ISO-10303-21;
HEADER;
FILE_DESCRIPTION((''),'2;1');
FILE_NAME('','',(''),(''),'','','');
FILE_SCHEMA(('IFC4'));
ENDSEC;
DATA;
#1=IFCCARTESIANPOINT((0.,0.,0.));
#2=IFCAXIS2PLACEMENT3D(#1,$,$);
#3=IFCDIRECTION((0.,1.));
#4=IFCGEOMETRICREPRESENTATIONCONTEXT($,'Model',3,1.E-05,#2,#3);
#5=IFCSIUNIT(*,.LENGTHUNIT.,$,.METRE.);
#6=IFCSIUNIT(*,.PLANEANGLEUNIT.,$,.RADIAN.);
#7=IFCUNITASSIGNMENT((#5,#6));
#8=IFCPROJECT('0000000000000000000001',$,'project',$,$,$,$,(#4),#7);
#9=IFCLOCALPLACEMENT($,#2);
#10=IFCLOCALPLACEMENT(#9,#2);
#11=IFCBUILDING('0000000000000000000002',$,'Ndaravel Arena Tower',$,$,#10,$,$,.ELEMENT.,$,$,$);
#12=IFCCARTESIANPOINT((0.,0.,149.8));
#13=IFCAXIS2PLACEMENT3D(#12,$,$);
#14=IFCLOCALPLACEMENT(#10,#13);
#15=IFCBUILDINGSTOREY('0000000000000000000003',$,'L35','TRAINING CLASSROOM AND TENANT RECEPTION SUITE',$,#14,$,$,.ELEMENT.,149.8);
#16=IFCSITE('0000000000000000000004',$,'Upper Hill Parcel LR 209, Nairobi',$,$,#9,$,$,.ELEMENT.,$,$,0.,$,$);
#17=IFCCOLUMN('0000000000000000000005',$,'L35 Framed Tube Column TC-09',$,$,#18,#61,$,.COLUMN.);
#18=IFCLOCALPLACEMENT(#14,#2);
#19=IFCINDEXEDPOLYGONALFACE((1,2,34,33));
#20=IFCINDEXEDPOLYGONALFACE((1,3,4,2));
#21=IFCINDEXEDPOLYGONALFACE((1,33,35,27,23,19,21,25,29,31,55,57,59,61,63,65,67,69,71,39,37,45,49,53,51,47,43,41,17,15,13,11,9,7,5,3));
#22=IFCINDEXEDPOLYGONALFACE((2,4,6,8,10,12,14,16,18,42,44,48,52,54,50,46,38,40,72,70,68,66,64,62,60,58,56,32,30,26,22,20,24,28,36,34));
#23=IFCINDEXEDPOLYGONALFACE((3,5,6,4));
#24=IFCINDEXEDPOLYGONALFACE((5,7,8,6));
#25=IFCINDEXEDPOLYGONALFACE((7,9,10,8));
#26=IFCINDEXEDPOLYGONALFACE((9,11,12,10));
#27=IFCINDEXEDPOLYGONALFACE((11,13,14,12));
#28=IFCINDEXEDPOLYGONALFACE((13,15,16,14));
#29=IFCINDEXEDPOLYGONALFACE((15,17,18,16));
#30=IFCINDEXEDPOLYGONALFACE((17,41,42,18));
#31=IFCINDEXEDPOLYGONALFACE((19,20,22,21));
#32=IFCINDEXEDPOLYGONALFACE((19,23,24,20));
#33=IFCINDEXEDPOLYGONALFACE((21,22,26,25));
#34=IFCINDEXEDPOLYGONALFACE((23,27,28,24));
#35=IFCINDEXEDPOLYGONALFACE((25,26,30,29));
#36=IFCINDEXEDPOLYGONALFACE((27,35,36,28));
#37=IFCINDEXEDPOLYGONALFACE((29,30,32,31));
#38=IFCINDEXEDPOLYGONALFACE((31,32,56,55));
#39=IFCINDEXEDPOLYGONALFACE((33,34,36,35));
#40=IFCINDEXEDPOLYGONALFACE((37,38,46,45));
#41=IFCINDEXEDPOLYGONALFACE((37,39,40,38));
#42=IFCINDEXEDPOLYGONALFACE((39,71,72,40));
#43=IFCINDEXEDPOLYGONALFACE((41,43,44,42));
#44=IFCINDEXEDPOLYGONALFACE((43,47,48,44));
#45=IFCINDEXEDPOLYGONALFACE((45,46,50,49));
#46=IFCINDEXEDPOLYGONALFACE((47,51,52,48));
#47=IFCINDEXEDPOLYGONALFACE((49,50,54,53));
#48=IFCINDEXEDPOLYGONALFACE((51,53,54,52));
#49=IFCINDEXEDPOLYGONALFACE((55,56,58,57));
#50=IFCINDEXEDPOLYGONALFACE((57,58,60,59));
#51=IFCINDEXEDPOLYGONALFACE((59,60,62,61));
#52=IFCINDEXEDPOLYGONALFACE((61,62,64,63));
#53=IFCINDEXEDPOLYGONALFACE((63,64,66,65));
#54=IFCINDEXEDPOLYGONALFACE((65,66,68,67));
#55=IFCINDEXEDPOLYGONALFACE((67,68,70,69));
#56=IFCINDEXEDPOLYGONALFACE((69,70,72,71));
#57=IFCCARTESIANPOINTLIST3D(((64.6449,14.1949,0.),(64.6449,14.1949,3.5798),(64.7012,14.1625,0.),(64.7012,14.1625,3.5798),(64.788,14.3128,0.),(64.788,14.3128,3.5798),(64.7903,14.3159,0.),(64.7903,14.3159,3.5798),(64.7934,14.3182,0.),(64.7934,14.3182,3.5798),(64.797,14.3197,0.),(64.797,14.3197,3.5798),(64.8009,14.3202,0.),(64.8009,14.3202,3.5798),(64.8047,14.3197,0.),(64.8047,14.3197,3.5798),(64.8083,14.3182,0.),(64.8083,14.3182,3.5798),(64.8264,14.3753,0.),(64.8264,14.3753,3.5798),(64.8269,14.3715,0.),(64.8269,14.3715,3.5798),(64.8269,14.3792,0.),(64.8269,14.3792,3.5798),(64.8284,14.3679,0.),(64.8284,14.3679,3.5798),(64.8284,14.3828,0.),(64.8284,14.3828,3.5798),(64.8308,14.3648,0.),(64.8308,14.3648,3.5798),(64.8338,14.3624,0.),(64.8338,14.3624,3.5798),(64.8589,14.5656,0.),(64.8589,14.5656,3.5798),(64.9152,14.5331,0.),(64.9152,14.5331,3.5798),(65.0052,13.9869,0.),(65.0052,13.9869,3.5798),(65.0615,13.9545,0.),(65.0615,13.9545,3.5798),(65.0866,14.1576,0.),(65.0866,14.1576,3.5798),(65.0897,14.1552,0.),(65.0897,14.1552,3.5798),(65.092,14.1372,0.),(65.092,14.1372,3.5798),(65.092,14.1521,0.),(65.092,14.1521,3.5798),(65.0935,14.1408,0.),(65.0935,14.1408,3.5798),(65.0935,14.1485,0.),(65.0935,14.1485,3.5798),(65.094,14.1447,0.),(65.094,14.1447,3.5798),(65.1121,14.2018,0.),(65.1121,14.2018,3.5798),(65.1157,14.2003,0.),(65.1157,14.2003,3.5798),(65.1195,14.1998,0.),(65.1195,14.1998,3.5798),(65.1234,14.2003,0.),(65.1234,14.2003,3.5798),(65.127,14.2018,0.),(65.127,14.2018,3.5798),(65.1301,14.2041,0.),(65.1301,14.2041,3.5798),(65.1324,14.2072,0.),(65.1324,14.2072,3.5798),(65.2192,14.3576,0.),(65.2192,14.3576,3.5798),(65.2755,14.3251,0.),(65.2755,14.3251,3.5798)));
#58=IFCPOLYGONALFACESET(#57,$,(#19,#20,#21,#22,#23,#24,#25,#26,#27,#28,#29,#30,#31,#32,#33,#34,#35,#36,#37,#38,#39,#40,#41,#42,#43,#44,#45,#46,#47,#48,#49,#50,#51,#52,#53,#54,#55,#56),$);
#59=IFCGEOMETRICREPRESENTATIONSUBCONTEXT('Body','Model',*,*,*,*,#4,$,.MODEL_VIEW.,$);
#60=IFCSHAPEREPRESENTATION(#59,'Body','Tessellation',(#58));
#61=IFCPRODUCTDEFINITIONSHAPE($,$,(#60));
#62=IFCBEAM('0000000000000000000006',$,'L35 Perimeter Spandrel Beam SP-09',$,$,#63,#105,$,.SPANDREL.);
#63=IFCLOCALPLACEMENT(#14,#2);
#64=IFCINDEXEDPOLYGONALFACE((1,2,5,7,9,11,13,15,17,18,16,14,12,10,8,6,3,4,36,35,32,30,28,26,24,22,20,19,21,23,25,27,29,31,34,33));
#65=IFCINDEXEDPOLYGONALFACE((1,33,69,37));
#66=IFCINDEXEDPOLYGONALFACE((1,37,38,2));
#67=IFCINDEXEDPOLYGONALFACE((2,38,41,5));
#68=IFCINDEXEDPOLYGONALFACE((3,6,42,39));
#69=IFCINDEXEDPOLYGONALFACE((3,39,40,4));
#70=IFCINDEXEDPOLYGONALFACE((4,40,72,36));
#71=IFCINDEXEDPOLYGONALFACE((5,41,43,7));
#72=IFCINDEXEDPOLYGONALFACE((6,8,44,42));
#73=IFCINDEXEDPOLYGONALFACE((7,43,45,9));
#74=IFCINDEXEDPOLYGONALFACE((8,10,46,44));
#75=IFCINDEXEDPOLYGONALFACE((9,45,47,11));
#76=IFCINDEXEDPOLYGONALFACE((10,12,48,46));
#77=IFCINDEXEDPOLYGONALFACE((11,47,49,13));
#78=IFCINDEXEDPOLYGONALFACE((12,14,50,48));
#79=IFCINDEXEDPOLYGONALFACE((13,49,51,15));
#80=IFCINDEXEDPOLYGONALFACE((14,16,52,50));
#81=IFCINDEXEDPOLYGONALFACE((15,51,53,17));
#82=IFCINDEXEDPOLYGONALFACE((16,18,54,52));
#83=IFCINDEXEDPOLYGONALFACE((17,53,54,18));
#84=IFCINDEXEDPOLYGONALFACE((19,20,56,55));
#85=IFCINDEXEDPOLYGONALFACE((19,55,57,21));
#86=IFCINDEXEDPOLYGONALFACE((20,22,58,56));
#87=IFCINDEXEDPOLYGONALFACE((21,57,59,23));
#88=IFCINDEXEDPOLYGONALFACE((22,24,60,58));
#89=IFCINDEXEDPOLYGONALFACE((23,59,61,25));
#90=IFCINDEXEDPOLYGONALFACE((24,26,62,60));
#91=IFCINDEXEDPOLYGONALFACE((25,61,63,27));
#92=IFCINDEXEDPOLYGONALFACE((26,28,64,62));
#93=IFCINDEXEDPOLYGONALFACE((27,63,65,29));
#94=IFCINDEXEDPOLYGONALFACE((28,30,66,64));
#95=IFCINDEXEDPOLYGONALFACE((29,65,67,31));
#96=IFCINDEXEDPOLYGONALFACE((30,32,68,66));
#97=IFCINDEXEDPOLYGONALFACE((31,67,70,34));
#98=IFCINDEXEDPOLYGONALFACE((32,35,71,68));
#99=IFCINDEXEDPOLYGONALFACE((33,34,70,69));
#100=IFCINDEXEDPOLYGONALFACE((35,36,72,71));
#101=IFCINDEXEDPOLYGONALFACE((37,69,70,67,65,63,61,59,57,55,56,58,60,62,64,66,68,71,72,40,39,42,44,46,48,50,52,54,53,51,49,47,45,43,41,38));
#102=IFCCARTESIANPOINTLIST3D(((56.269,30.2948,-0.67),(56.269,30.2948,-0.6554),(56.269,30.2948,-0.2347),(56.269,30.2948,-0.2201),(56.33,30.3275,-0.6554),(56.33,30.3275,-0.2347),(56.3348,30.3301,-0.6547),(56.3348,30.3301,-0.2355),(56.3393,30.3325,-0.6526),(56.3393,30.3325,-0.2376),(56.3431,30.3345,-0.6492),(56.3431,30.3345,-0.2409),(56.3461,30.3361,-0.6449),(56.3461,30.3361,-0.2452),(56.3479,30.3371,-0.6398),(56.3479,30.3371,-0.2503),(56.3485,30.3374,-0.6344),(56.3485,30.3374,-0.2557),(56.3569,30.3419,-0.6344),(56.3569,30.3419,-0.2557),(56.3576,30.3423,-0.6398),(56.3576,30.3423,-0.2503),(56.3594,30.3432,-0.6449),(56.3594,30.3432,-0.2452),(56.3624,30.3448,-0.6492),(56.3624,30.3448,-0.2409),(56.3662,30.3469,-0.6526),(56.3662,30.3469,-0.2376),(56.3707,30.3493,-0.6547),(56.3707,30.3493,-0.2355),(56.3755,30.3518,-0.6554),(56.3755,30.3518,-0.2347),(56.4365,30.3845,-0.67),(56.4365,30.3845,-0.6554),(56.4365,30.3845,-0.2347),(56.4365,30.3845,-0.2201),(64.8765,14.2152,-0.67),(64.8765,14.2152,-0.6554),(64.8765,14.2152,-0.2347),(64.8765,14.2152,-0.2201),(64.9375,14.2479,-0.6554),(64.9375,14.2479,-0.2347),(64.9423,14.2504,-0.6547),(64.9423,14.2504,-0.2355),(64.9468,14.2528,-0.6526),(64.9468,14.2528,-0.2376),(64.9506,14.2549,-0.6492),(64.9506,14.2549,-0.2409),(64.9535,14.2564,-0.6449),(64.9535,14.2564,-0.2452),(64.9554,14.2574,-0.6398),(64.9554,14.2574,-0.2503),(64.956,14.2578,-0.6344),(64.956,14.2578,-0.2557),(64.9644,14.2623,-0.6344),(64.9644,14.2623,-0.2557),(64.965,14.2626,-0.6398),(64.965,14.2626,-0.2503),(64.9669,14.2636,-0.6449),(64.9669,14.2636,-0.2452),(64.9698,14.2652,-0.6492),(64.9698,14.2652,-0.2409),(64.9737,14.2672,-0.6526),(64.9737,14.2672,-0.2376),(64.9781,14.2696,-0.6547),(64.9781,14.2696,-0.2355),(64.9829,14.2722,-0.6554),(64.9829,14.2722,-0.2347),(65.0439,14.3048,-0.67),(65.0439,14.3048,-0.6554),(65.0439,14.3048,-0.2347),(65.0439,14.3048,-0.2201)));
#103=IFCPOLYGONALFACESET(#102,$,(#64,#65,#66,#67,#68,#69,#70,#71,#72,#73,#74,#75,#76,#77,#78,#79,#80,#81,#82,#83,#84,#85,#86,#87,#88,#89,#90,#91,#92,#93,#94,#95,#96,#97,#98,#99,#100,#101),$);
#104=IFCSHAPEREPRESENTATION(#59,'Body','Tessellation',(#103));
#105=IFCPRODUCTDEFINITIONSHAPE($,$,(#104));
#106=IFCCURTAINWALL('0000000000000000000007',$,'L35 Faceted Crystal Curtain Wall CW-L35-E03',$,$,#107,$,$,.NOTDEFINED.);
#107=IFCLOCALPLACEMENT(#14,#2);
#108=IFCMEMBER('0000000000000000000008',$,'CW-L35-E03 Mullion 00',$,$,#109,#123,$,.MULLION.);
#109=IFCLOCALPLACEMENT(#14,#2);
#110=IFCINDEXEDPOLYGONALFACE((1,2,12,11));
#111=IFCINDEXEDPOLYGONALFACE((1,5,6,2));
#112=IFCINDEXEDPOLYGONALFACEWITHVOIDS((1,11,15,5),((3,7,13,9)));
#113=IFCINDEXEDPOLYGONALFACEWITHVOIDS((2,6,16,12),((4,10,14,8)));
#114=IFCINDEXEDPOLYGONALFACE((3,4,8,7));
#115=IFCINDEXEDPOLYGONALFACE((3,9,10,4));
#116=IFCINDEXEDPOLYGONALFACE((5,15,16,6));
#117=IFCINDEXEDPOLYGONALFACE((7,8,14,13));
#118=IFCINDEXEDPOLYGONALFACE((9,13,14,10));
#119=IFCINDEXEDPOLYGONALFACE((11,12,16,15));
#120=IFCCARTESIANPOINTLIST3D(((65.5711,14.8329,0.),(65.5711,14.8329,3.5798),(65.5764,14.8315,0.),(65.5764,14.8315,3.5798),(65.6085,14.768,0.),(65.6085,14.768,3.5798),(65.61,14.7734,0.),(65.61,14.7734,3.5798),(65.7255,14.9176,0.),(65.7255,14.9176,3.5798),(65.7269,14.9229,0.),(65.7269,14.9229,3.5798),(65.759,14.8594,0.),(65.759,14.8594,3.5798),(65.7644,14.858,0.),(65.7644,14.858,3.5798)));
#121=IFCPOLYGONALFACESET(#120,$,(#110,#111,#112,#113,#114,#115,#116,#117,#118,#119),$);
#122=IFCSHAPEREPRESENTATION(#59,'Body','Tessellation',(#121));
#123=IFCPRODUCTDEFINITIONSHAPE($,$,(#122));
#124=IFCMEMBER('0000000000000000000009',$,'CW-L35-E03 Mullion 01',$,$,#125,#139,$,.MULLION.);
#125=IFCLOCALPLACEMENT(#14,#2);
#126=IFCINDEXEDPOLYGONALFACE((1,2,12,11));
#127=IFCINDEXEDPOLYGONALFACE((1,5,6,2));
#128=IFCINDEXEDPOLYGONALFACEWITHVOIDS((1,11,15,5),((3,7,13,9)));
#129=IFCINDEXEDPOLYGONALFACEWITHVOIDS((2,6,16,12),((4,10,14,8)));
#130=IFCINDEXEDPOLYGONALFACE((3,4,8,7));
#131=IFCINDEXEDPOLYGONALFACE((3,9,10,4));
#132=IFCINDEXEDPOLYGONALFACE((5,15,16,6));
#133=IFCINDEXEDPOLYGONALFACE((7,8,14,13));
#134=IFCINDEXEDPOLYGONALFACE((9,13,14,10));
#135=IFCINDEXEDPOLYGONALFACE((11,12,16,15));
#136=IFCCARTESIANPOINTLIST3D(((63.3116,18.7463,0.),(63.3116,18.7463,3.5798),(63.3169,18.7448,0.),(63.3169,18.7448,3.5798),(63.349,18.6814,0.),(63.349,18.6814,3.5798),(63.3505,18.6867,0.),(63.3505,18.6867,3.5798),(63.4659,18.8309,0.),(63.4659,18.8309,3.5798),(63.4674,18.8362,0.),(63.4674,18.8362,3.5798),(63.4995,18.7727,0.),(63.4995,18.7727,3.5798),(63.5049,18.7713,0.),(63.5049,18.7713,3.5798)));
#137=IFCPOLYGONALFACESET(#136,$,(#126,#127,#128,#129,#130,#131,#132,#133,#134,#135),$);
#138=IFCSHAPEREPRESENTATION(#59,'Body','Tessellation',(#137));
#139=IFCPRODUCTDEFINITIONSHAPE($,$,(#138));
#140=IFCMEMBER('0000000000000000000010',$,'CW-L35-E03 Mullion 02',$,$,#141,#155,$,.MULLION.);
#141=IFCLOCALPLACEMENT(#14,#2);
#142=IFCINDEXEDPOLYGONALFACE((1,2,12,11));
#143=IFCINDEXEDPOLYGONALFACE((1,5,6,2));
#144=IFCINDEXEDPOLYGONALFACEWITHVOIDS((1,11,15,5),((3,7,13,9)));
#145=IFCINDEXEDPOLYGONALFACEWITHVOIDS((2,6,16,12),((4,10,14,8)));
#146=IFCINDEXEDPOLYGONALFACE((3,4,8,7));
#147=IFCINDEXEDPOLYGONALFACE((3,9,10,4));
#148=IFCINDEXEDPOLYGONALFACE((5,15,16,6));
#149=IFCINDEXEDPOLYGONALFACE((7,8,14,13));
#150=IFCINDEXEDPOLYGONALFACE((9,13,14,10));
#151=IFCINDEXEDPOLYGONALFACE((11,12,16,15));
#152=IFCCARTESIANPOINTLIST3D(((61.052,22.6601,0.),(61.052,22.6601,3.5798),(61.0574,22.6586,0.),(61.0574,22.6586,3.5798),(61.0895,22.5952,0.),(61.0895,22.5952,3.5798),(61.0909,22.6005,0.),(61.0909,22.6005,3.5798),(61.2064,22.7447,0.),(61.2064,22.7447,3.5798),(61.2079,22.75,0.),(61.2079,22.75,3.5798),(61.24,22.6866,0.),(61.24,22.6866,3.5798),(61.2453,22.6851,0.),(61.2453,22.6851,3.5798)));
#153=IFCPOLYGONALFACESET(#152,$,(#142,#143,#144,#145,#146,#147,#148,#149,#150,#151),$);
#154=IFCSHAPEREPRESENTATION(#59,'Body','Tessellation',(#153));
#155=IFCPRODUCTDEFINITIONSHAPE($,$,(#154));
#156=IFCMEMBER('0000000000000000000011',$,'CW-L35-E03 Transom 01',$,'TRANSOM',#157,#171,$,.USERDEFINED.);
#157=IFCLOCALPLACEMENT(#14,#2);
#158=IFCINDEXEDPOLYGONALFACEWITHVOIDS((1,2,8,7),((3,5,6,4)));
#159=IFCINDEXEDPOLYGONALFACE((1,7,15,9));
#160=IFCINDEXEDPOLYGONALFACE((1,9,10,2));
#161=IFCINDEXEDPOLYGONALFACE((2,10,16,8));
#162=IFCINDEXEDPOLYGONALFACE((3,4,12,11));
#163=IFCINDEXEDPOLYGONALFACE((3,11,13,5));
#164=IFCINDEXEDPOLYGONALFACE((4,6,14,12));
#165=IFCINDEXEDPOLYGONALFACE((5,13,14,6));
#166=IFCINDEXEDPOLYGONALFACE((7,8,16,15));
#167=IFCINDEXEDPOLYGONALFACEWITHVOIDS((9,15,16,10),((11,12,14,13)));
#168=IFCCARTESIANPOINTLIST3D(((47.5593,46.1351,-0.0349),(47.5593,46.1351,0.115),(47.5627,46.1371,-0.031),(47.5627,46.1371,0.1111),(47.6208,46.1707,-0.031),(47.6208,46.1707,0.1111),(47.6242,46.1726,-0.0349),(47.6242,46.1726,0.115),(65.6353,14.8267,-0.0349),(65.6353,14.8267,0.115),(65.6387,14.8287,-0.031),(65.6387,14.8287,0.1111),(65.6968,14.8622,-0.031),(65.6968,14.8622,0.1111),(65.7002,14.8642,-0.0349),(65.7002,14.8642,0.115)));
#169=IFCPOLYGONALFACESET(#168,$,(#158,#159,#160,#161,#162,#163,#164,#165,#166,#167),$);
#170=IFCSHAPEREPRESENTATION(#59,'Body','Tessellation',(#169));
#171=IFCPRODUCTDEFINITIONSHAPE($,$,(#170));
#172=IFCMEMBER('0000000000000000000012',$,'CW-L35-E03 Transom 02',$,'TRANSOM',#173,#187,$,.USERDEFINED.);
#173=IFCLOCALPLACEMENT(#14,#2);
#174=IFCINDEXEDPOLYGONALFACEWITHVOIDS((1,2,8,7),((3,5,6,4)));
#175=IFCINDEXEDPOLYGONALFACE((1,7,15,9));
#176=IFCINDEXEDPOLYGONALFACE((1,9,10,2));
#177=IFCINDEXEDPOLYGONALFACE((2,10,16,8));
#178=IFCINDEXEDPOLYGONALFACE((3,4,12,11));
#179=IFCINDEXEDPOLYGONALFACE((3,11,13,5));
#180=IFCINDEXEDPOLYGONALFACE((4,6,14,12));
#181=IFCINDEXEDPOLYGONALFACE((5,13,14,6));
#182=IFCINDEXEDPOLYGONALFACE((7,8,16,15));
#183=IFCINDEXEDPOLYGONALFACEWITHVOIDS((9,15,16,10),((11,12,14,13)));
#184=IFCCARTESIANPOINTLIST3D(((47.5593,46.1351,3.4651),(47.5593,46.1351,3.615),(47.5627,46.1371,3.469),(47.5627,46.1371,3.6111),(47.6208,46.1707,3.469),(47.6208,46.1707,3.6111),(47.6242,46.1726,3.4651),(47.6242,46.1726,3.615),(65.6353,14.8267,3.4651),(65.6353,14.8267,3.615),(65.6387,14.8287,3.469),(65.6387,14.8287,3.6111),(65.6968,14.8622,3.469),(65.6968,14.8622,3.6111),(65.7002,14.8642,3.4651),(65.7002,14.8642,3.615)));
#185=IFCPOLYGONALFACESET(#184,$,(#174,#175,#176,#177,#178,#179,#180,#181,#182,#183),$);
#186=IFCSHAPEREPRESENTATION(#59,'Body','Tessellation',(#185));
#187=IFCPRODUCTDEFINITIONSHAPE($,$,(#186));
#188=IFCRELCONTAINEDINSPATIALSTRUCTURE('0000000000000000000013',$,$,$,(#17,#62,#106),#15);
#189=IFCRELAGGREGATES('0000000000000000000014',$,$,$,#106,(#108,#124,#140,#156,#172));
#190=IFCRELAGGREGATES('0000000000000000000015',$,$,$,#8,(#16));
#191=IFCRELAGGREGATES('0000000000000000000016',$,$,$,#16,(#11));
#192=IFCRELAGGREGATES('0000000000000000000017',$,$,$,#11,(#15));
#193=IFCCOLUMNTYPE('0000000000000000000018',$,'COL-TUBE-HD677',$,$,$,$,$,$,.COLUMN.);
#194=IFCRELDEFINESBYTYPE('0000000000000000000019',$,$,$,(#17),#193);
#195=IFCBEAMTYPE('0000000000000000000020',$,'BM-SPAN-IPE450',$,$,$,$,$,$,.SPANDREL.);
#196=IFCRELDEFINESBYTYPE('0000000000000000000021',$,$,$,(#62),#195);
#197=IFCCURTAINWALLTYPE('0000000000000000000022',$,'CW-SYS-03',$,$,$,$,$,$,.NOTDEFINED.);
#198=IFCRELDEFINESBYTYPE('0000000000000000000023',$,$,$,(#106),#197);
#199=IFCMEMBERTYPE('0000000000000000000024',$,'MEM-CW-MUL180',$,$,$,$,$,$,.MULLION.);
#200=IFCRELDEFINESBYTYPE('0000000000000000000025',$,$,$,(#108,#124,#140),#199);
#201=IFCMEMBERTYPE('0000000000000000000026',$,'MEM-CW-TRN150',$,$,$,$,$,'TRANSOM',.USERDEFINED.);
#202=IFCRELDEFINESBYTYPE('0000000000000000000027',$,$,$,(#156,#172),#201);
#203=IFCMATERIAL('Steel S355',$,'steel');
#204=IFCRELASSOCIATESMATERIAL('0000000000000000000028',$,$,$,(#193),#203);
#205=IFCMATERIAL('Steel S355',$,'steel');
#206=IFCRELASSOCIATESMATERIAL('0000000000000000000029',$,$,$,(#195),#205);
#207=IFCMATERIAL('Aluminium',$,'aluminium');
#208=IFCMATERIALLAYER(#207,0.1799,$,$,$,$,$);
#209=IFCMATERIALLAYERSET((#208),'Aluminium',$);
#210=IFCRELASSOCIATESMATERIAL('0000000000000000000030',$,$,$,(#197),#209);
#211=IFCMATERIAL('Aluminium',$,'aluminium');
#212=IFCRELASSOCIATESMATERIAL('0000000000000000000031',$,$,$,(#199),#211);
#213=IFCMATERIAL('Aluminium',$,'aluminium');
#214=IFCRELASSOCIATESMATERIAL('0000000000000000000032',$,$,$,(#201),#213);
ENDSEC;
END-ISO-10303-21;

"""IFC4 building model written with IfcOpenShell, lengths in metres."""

from ifc_helpers import new_model, si_unit, direction, frame, origin, origin_2d, place, context, subcontext, project, spatial, hollow_rectangle, i_section, extrude, material, layer, layer_set, material_profile, profile_set, type_object, element, aggregate, save


model = new_model("IFC4")

# Units and contexts
model_context = context("Model", 3, precision=1e-05, world=origin(), true_north=direction((0.0, 1.0)))
body_context = subcontext(model_context, "Body", "Model", "MODEL_VIEW")
ifc_project = project(units=[si_unit("LENGTHUNIT", "METRE"), si_unit("PLANEANGLEUNIT", "RADIAN")], contexts=[model_context])

# Site, building, storey
site_placement = place(None, origin())
site = spatial("IfcSite", under=ifc_project, at=site_placement, Name="Upper Hill Parcel LR 209, Nairobi", CompositionType="ELEMENT", RefElevation=0.0)
building_placement = place(site_placement, origin())
building = spatial("IfcBuilding", under=site, at=building_placement, Name="Ndaravel Arena Tower", CompositionType="ELEMENT")
storey_placement = place(building_placement, frame((0.0, 0.0, 149.8)))
storey = spatial("IfcBuildingStorey", under=building, at=storey_placement, Name="L35", Description="TRAINING CLASSROOM AND TENANT RECEPTION SUITE", CompositionType="ELEMENT", Elevation=149.8)

# Column
ifc_material_1 = material(Name="Steel S355", Category="steel")
ifc_material_profile_1 = material_profile(ifc_material_1, i_section(OverallWidth=0.428, OverallDepth=0.481, WebThickness=0.051, FlangeThickness=0.0649, FilletRadius=0.0149, at=origin_2d()), Name="HD 400x677")
ifc_profile_set_1 = profile_set([ifc_material_profile_1], Name="Steel S355")
column_type = type_object("IfcColumnType", Name="COL-TUBE-HD677", PredefinedType="COLUMN", material=ifc_profile_set_1)
column_placement = place(storey_placement, frame((64.9602, 14.26, 0.0), z_axis=(0.0, 0.0, 1.0), x_axis=(0.5, 0.866025, 0.0)))
element("IfcColumn", 1, at=column_placement, inside=storey, type_object=column_type, Name="L35 Framed Tube Column TC-09", PredefinedType="COLUMN", context=body_context, shape_type="SweptSolid", body=[
    extrude(i_section(OverallWidth=0.428, OverallDepth=0.481, WebThickness=0.051, FlangeThickness=0.0649, FilletRadius=0.0149, at=origin_2d()), origin(), (0.0, 0.0, 1.0), 3.5798),
])

# Beam
ifc_material_2 = material(Name="Steel S355", Category="steel")
ifc_material_profile_2 = material_profile(ifc_material_2, i_section(OverallWidth=0.1899, OverallDepth=0.45, WebThickness=0.0095, FlangeThickness=0.0146, FilletRadius=0.021, at=origin_2d()), Name="IPE 450")
ifc_profile_set_2 = profile_set([ifc_material_profile_2], Name="Steel S355")
beam_type = type_object("IfcBeamType", Name="BM-SPAN-IPE450", PredefinedType="SPANDREL", material=ifc_profile_set_2)
beam_placement = place(storey_placement, frame((64.9602, 14.26, -0.4451), z_axis=(-0.471938, 0.881632, 0.0), x_axis=(-0.881632, -0.471938, 0.0)))
element("IfcBeam", 2, at=beam_placement, inside=storey, type_object=beam_type, Name="L35 Perimeter Spandrel Beam SP-09", PredefinedType="SPANDREL", context=body_context, shape_type="SweptSolid", body=[
    extrude(i_section(OverallWidth=0.1899, OverallDepth=0.45, WebThickness=0.0095, FlangeThickness=0.0146, FilletRadius=0.021, at=origin_2d()), origin(), (0.0, 0.0, 1.0), 18.2385),
])

# Curtain wall, members
ifc_material_3 = material(Name="Aluminium", Category="aluminium")
ifc_layer_1 = layer(ifc_material_3, 0.1799)
ifc_layer_set_1 = layer_set([ifc_layer_1], Name="Aluminium")
curtain_wall_type = type_object("IfcCurtainWallType", Name="CW-SYS-03", PredefinedType="NOTDEFINED", material=ifc_layer_set_1)
curtain_wall_placement = place(storey_placement, origin())
curtain_wall = element("IfcCurtainWall", 3, at=curtain_wall_placement, inside=storey, type_object=curtain_wall_type, Name="L35 Faceted Crystal Curtain Wall CW-L35-E03", PredefinedType="NOTDEFINED")
ifc_material_4 = material(Name="Aluminium", Category="aluminium")
ifc_material_profile_3 = material_profile(ifc_material_4, hollow_rectangle(XDim=0.075, YDim=0.1799, WallThickness=0.0039, at=origin_2d()), Name="CW MULLION 75x180x4")
ifc_profile_set_3 = profile_set([ifc_material_profile_3], Name="Aluminium")
member_type_1 = type_object("IfcMemberType", Name="MEM-CW-MUL180", PredefinedType="MULLION", material=ifc_profile_set_3)
member_1_placement = place(storey_placement, frame((65.6677, 14.8455, 0.0), z_axis=(0.0, 0.0, 1.0), x_axis=(-0.5, 0.866025, 0.0)))
member_1 = element("IfcMember", 4, at=member_1_placement, type_object=member_type_1, Name="CW-L35-E03 Mullion 00", PredefinedType="MULLION", context=body_context, shape_type="SweptSolid", body=[
    extrude(hollow_rectangle(XDim=0.075, YDim=0.1799, WallThickness=0.0039, at=origin_2d()), origin(), (0.0, 0.0, 1.0), 3.5798),
])
member_2_placement = place(storey_placement, frame((63.4082, 18.7588, 0.0), z_axis=(0.0, 0.0, 1.0), x_axis=(-0.5, 0.866025, 0.0)))
member_2 = element("IfcMember", 5, at=member_2_placement, type_object=member_type_1, Name="CW-L35-E03 Mullion 01", PredefinedType="MULLION", context=body_context, shape_type="SweptSolid", body=[
    extrude(hollow_rectangle(XDim=0.075, YDim=0.1799, WallThickness=0.0039, at=origin_2d()), origin(), (0.0, 0.0, 1.0), 3.5798),
])
member_3_placement = place(storey_placement, frame((61.1487, 22.6726, 0.0), z_axis=(0.0, 0.0, 1.0), x_axis=(-0.5, 0.866025, 0.0)))
member_3 = element("IfcMember", 6, at=member_3_placement, type_object=member_type_1, Name="CW-L35-E03 Mullion 02", PredefinedType="MULLION", context=body_context, shape_type="SweptSolid", body=[
    extrude(hollow_rectangle(XDim=0.075, YDim=0.1799, WallThickness=0.0039, at=origin_2d()), origin(), (0.0, 0.0, 1.0), 3.5798),
])
ifc_material_5 = material(Name="Aluminium", Category="aluminium")
ifc_material_profile_4 = material_profile(ifc_material_5, hollow_rectangle(XDim=0.075, YDim=0.1499, WallThickness=0.0039, at=origin_2d()), Name="CW TRANSOM 75x150x4")
ifc_profile_set_4 = profile_set([ifc_material_profile_4], Name="Aluminium")
member_type_2 = type_object("IfcMemberType", Name="MEM-CW-TRN150", ElementType="TRANSOM", PredefinedType="USERDEFINED", material=ifc_profile_set_4)
member_4_placement = place(storey_placement, frame((65.6677, 14.8455, 0.04), z_axis=(-0.500001, 0.866025, 0.0), x_axis=(-0.866025, -0.500001, 0.0)))
member_4 = element("IfcMember", 7, at=member_4_placement, type_object=member_type_2, Name="CW-L35-E03 Transom 01", ObjectType="TRANSOM", PredefinedType="USERDEFINED", context=body_context, shape_type="SweptSolid", body=[
    extrude(hollow_rectangle(XDim=0.075, YDim=0.1499, WallThickness=0.0039, at=origin_2d()), origin(), (0.0, 0.0, 1.0), 36.1519),
])
member_5_placement = place(storey_placement, frame((65.6677, 14.8455, 3.54), z_axis=(-0.500001, 0.866025, 0.0), x_axis=(-0.866025, -0.500001, 0.0)))
member_5 = element("IfcMember", 8, at=member_5_placement, type_object=member_type_2, Name="CW-L35-E03 Transom 02", ObjectType="TRANSOM", PredefinedType="USERDEFINED", context=body_context, shape_type="SweptSolid", body=[
    extrude(hollow_rectangle(XDim=0.075, YDim=0.1499, WallThickness=0.0039, at=origin_2d()), origin(), (0.0, 0.0, 1.0), 36.1519),
])
aggregate(curtain_wall, [member_1, member_2, member_3, member_4, member_5])

save(model, "model.ifc")
